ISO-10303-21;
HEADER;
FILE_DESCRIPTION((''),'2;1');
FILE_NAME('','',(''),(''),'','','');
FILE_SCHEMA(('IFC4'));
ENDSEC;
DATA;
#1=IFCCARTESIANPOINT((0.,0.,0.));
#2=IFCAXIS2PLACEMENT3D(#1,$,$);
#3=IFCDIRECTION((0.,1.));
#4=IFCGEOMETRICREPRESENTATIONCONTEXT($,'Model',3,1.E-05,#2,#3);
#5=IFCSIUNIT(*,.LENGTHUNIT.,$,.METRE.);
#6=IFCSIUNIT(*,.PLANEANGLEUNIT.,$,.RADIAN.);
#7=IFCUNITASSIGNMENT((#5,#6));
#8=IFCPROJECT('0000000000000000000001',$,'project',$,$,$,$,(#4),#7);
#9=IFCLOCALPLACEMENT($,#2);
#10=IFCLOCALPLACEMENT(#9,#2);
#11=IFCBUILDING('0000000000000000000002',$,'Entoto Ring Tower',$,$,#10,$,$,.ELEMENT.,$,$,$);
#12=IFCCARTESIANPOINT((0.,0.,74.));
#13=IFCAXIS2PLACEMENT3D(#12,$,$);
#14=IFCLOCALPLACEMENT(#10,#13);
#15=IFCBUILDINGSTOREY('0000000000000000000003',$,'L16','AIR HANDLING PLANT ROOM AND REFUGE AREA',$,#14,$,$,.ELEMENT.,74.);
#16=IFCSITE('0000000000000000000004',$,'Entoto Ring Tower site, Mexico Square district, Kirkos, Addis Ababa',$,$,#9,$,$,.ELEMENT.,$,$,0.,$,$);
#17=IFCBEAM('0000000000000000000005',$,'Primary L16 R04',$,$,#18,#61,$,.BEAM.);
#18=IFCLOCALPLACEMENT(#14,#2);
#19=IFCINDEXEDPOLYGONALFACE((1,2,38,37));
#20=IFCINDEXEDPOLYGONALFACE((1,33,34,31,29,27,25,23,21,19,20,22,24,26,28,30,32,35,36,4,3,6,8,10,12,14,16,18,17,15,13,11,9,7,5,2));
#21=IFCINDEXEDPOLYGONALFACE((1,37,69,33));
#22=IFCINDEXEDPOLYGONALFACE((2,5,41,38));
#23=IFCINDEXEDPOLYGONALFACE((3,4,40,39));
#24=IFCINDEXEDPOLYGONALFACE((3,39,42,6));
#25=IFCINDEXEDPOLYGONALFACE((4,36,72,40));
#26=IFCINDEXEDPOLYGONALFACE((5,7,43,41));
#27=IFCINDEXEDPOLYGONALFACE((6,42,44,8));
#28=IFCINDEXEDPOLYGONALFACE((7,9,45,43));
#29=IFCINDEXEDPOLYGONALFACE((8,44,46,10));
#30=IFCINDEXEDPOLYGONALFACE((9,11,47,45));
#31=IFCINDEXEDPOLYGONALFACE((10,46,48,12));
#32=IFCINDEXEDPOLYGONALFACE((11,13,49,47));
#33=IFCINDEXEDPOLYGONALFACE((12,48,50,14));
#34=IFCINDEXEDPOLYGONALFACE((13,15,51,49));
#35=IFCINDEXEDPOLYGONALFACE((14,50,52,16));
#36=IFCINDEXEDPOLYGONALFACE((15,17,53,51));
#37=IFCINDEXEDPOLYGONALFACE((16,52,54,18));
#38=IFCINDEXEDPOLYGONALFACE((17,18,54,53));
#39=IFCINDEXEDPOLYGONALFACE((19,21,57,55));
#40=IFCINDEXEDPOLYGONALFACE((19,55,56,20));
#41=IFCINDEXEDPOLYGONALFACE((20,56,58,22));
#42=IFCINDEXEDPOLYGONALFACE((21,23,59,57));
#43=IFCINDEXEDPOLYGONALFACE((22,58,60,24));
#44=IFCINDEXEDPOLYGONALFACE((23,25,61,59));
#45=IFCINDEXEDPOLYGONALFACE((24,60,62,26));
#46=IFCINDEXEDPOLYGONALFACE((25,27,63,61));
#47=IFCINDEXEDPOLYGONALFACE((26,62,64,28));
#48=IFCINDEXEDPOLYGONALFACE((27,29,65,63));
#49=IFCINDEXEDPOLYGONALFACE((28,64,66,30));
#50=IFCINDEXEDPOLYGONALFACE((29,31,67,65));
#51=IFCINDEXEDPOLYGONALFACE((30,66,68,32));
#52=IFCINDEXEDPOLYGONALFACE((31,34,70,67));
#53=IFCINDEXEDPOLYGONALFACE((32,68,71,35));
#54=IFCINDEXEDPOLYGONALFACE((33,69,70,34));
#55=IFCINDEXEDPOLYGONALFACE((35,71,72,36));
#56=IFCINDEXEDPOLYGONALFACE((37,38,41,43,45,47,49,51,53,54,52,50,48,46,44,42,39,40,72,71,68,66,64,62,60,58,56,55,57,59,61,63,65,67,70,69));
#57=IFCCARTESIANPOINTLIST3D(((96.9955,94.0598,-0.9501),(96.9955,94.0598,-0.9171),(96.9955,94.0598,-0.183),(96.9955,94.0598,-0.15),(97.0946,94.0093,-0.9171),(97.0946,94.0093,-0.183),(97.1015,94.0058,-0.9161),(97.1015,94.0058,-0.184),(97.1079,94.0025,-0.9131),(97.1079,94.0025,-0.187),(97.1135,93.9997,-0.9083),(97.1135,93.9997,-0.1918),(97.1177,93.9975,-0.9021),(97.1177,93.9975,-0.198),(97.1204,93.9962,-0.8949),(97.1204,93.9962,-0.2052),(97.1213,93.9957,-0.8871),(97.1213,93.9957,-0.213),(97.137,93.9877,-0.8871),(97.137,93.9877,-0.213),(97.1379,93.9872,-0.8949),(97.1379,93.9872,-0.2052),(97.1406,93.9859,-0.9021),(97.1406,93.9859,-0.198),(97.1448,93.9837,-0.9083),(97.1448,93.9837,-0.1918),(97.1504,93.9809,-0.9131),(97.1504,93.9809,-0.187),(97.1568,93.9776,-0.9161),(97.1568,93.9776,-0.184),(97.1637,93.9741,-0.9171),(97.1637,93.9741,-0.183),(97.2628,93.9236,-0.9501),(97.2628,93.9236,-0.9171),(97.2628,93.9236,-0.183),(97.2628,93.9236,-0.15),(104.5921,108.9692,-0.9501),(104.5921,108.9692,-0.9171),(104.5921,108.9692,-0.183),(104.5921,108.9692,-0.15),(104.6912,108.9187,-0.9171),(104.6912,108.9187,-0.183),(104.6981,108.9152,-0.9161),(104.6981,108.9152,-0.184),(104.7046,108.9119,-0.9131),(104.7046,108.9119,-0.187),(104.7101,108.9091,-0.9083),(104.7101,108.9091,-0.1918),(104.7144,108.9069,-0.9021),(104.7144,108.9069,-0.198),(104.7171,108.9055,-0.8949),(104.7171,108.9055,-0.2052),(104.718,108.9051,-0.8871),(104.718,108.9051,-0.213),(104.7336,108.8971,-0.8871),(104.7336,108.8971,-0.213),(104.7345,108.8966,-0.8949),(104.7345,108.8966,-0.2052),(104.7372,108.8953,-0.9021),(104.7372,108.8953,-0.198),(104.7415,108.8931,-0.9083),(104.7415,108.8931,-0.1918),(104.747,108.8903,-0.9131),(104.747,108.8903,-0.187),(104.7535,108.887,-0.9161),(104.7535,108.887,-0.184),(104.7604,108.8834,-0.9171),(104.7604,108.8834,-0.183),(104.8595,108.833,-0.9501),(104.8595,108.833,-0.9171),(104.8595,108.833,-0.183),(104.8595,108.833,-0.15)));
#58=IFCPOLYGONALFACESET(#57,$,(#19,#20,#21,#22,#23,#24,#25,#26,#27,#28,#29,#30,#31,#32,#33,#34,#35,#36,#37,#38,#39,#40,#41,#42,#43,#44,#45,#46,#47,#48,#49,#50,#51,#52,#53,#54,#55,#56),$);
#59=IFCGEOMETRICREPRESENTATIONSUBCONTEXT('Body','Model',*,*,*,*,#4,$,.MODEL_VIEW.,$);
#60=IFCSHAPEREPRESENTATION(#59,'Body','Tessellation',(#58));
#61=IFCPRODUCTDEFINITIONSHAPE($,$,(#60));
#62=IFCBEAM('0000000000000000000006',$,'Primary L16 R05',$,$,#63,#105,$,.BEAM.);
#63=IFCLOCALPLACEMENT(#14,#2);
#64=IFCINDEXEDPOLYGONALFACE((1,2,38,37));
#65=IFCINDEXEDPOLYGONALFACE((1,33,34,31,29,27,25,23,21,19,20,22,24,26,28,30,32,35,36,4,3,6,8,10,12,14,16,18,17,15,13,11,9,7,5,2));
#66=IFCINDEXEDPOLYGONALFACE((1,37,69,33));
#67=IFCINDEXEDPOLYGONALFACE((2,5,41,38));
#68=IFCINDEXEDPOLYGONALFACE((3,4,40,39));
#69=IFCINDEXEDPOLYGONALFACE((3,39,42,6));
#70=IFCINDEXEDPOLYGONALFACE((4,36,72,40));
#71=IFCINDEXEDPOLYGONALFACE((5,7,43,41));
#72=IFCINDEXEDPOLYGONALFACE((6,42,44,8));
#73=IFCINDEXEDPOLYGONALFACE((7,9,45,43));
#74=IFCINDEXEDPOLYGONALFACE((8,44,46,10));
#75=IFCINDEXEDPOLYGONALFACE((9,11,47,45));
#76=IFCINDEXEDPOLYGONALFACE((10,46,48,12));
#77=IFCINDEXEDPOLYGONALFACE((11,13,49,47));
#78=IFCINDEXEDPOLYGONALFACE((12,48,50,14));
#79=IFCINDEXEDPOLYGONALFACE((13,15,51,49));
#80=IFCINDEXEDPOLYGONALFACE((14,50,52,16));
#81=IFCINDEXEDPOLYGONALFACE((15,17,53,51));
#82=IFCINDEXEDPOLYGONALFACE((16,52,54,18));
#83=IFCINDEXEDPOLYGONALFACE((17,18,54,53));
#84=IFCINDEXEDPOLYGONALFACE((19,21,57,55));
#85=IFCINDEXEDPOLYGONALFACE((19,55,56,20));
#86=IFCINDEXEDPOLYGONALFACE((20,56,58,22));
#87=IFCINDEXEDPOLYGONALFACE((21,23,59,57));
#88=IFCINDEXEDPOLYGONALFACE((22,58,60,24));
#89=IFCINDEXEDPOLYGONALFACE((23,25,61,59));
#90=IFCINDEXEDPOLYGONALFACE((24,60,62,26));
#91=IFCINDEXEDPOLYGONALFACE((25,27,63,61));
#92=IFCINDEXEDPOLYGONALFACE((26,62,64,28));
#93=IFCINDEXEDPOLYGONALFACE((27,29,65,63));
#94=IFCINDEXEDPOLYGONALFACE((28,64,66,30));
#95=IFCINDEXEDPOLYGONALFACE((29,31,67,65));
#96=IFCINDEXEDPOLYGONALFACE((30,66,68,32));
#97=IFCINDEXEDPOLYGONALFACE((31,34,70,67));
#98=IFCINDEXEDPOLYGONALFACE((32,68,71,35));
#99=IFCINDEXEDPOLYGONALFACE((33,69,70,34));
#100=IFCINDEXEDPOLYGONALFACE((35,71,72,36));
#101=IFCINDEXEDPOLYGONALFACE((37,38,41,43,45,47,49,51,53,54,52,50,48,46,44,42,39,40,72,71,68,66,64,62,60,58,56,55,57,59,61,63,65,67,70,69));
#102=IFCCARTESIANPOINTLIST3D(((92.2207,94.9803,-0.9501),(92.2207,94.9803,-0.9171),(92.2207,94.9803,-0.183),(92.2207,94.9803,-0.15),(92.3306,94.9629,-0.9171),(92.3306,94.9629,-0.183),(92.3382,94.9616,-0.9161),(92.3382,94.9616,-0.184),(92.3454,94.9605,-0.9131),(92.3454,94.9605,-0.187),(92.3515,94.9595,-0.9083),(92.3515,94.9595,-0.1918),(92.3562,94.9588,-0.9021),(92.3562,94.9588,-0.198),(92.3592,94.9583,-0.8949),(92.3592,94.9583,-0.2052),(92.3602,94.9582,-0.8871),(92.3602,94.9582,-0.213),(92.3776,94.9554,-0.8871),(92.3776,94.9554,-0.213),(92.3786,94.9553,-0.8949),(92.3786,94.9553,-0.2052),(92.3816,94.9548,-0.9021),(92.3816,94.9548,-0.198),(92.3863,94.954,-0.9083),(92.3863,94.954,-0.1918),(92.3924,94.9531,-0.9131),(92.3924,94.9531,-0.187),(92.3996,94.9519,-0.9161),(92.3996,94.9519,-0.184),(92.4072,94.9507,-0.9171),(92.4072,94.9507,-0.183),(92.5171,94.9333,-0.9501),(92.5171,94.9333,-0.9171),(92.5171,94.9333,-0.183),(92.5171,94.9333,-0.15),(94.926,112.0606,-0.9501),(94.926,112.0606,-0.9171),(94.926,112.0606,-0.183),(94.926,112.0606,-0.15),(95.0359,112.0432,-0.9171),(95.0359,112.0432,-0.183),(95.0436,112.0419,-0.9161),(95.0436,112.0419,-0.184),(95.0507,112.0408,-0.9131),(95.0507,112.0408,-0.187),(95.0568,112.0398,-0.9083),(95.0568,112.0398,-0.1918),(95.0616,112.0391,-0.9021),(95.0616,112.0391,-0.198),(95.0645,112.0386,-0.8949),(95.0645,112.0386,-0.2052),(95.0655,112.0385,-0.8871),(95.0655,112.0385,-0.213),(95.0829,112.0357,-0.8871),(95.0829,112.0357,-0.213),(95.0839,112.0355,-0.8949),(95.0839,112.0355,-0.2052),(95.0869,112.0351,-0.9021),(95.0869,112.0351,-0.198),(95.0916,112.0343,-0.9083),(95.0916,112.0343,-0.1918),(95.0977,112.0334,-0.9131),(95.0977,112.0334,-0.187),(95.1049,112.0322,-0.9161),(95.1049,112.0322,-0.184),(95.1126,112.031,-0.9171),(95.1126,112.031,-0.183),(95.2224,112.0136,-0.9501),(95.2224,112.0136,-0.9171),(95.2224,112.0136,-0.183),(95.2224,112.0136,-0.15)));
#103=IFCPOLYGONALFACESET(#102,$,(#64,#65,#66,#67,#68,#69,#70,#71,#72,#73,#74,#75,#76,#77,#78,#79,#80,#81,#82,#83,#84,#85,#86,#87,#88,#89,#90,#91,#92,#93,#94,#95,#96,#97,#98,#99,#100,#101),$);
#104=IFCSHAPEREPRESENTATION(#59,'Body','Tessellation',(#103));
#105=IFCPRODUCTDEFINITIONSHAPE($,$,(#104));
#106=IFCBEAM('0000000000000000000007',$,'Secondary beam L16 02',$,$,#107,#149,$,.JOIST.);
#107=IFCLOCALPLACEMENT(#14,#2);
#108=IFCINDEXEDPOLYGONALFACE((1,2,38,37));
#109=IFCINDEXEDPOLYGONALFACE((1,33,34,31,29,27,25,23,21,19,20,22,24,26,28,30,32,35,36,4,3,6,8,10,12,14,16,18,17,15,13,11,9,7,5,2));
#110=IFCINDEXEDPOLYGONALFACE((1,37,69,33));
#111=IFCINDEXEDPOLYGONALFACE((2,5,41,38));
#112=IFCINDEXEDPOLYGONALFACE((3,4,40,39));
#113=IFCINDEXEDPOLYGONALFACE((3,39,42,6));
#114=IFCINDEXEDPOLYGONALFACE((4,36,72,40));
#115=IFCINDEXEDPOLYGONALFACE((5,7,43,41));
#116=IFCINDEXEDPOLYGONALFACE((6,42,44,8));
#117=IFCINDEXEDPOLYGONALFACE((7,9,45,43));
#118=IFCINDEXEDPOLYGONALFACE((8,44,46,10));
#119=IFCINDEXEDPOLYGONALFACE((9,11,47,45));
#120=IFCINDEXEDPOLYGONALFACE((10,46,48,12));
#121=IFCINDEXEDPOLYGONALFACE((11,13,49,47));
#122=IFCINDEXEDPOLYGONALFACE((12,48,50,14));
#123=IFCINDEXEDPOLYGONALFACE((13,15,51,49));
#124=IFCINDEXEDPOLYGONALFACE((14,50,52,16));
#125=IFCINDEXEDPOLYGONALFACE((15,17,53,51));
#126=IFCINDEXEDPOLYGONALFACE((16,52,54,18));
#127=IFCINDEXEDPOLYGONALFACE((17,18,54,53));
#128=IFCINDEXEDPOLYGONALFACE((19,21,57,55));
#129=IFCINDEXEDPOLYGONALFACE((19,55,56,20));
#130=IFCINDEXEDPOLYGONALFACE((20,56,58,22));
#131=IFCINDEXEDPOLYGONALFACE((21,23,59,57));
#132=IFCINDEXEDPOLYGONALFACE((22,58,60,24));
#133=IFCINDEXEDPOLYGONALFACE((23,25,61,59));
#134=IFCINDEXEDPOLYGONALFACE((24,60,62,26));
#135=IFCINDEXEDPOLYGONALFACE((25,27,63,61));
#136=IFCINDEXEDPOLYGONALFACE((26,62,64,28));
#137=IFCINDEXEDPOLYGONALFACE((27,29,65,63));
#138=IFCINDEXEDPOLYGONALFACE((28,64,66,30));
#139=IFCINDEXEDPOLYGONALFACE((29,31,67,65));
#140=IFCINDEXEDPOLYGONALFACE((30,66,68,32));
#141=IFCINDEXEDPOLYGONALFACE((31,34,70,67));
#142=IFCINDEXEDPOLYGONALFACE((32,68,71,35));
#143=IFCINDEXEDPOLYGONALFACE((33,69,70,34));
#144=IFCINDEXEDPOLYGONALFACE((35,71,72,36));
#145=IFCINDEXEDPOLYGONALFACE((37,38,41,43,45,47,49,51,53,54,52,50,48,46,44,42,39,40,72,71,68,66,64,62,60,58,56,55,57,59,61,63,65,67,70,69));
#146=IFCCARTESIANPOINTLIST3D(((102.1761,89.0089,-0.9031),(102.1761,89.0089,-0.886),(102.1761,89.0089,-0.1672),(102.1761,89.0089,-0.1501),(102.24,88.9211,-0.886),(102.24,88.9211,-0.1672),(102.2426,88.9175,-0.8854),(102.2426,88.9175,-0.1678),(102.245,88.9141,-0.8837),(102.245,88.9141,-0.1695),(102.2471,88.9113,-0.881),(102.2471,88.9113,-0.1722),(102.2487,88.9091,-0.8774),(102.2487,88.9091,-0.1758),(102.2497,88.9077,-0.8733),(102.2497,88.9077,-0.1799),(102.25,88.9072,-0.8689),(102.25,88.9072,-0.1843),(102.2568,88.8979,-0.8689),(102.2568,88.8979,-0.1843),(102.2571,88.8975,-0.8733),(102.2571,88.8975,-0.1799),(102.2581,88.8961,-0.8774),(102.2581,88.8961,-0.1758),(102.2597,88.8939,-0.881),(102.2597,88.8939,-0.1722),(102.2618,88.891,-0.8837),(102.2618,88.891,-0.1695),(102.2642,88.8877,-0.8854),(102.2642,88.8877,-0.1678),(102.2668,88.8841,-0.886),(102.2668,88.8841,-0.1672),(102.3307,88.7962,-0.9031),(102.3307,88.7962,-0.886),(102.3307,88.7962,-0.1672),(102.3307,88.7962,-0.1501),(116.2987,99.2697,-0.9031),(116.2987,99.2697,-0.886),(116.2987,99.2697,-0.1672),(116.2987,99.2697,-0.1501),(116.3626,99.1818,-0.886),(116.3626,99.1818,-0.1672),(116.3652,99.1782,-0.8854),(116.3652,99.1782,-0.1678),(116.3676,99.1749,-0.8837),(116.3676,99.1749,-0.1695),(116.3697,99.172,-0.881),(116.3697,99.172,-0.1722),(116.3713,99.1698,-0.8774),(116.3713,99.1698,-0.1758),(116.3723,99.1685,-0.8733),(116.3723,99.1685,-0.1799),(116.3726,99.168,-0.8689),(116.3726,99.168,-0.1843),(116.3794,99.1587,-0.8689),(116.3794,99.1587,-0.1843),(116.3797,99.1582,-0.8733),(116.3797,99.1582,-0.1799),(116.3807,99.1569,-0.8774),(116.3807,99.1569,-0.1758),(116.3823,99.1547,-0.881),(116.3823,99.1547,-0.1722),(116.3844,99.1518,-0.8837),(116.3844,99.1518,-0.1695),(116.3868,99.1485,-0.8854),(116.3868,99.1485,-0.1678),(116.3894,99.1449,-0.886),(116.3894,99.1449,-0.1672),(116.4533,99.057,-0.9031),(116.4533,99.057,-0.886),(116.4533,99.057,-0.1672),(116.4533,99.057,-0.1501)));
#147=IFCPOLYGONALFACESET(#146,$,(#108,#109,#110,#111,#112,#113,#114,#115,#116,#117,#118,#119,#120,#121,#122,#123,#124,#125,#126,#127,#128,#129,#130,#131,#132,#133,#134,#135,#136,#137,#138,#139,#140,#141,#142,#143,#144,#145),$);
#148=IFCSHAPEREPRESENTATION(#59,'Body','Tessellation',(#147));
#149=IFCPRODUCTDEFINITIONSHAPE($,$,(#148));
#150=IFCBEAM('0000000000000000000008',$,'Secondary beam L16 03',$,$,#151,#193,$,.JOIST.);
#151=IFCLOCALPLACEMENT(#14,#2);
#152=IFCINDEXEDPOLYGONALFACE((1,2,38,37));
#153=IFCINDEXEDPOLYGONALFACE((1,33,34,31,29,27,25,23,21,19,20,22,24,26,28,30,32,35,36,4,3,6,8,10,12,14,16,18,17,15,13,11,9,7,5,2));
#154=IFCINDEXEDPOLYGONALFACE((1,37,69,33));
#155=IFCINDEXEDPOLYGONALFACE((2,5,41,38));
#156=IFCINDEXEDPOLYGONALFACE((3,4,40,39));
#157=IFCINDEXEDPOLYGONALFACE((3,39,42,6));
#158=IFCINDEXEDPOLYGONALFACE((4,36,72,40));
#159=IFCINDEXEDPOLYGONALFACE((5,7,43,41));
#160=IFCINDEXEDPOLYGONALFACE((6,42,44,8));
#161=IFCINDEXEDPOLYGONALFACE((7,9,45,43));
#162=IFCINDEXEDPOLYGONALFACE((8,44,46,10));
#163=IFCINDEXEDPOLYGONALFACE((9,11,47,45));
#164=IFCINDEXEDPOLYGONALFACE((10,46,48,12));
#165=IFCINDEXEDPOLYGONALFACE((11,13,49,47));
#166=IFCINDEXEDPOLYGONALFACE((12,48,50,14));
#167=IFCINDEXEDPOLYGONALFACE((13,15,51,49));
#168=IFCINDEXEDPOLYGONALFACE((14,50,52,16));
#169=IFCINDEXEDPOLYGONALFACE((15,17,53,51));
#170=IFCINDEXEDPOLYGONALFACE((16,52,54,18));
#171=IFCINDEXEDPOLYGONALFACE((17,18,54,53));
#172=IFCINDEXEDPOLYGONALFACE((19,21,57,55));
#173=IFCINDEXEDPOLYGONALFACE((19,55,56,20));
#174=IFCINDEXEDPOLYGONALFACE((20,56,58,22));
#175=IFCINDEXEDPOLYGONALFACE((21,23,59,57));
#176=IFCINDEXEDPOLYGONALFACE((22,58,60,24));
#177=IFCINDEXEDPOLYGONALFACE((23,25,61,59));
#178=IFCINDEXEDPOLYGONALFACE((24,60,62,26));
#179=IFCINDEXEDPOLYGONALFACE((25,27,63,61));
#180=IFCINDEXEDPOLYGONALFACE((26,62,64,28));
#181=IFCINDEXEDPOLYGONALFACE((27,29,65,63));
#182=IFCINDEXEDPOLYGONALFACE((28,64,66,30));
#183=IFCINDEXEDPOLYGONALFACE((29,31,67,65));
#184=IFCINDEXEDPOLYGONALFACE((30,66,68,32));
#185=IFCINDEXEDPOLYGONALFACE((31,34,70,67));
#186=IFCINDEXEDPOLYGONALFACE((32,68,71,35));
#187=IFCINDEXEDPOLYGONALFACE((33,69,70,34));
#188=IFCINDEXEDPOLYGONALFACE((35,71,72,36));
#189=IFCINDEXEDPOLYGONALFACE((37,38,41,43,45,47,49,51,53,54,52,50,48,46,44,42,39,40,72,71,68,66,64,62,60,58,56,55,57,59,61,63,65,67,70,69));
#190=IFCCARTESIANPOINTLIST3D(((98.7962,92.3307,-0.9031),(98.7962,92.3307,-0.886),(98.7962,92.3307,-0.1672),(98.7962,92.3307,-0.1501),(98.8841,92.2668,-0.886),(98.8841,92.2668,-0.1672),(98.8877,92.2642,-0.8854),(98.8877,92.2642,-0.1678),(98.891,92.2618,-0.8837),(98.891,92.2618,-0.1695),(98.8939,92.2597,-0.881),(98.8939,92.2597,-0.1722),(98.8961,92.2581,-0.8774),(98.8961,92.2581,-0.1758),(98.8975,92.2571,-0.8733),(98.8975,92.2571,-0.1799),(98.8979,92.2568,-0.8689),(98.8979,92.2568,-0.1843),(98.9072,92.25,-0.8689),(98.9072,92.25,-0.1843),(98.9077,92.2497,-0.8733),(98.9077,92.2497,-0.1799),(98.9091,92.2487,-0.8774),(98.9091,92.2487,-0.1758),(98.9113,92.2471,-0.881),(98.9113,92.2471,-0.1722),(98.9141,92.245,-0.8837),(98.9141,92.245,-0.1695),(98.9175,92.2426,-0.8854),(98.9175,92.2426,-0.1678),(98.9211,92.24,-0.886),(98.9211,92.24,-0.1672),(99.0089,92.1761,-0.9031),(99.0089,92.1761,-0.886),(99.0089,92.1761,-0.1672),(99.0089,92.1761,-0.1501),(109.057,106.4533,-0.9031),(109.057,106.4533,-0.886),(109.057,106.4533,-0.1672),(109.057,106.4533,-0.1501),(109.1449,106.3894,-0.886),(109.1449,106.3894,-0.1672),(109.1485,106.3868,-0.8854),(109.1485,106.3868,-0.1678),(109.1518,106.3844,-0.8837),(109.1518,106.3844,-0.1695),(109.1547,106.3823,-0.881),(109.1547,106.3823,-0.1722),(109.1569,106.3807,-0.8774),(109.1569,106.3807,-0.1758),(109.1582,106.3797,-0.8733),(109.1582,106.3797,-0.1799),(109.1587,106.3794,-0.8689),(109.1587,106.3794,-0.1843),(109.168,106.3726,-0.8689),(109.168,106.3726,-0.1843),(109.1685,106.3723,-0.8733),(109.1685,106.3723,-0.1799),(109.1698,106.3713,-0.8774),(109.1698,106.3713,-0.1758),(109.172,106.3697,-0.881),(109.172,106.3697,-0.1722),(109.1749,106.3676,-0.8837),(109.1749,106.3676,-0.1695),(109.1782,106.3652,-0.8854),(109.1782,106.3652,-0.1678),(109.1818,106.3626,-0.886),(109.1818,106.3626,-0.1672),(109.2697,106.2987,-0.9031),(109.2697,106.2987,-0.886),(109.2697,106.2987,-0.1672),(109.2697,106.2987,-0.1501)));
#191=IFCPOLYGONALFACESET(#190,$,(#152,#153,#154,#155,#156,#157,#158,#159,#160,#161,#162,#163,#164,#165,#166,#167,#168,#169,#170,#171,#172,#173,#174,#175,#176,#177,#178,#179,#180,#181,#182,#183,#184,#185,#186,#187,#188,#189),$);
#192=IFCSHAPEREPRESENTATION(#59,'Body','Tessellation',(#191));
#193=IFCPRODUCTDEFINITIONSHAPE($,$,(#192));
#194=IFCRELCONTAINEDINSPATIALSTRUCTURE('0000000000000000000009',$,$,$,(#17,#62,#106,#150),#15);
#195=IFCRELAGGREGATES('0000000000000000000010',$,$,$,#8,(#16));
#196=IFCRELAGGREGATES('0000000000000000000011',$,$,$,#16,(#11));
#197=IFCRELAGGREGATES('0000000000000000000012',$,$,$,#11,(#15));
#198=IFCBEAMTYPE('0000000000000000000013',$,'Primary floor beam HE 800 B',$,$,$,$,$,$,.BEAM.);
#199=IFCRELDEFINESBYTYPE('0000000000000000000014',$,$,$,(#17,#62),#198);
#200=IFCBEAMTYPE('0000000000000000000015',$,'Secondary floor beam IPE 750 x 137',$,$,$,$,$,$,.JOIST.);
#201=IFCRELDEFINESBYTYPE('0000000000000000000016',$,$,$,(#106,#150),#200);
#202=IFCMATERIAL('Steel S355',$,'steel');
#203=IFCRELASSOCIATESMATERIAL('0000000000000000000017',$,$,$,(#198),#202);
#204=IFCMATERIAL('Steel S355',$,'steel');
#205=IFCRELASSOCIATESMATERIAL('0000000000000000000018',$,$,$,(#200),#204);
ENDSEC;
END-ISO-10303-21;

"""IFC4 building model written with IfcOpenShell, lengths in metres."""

from ifc_helpers import new_model, si_unit, direction, frame, origin, origin_2d, place, context, subcontext, project, spatial, i_section, extrude, material, material_profile, profile_set, type_object, element, save


model = new_model("IFC4")

# Units and contexts
model_context = context("Model", 3, precision=1e-05, world=origin(), true_north=direction((0.0, 1.0)))
body_context = subcontext(model_context, "Body", "Model", "MODEL_VIEW")
ifc_project = project(units=[si_unit("LENGTHUNIT", "METRE"), si_unit("PLANEANGLEUNIT", "RADIAN")], contexts=[model_context])

# Site, building, storey
site_placement = place(None, origin())
site = spatial("IfcSite", under=ifc_project, at=site_placement, Name="Entoto Ring Tower site, Mexico Square district, Kirkos, Addis Ababa", CompositionType="ELEMENT", RefElevation=0.0)
building_placement = place(site_placement, origin())
building = spatial("IfcBuilding", under=site, at=building_placement, Name="Entoto Ring Tower", CompositionType="ELEMENT")
storey_placement = place(building_placement, frame((0.0, 0.0, 74.0)))
storey = spatial("IfcBuildingStorey", under=building, at=storey_placement, Name="L16", Description="AIR HANDLING PLANT ROOM AND REFUGE AREA", CompositionType="ELEMENT", Elevation=74.0)

# Beams
ifc_material_1 = material(Name="Steel S355", Category="steel")
ifc_material_profile_1 = material_profile(ifc_material_1, i_section(OverallWidth=0.3, OverallDepth=0.8, WebThickness=0.0176, FlangeThickness=0.033, FilletRadius=0.03, at=origin_2d()), Name="HE 800 B")
ifc_profile_set_1 = profile_set([ifc_material_profile_1], Name="Steel S355")
beam_type_1 = type_object("IfcBeamType", Name="Primary floor beam HE 800 B", PredefinedType="BEAM", material=ifc_profile_set_1)
beam_1_placement = place(storey_placement, frame((97.1292, 93.9917, -0.55), z_axis=(0.453988, 0.891008, 0.0), x_axis=(-0.891008, 0.453988, 0.0)))
element("IfcBeam", 1, at=beam_1_placement, inside=storey, type_object=beam_type_1, Name="Primary L16 R04", PredefinedType="BEAM", context=body_context, shape_type="SweptSolid", body=[
    extrude(i_section(OverallWidth=0.3, OverallDepth=0.8, WebThickness=0.0176, FlangeThickness=0.033, FilletRadius=0.03, at=origin_2d()), origin(), (0.0, 0.0, 1.0), 16.7332),
])
beam_2_placement = place(storey_placement, frame((92.3689, 94.9568, -0.55), z_axis=(0.156438, 0.987688, 0.0), x_axis=(-0.987688, 0.156438, 0.0)))
element("IfcBeam", 2, at=beam_2_placement, inside=storey, type_object=beam_type_1, Name="Primary L16 R05", PredefinedType="BEAM", context=body_context, shape_type="SweptSolid", body=[
    extrude(i_section(OverallWidth=0.3, OverallDepth=0.8, WebThickness=0.0176, FlangeThickness=0.033, FilletRadius=0.03, at=origin_2d()), origin(), (0.0, 0.0, 1.0), 17.2932),
])
ifc_material_2 = material(Name="Steel S355", Category="steel")
ifc_material_profile_2 = material_profile(ifc_material_2, i_section(OverallWidth=0.2629, OverallDepth=0.7529, WebThickness=0.0115, FlangeThickness=0.0171, FilletRadius=0.0171, at=origin_2d()), Name="IPE 750 x 137")
ifc_profile_set_2 = profile_set([ifc_material_profile_2], Name="Steel S355")
beam_type_2 = type_object("IfcBeamType", Name="Secondary floor beam IPE 750 x 137", PredefinedType="JOIST", material=ifc_profile_set_2)
for number, where, z_axis, x_axis, name in (
    (3, (102.2534, 88.9026, -0.5266), (0.809014, 0.587789, 0.0), (-0.587789, 0.809014, 0.0), "Secondary beam L16 02"),
    (4, (98.9026, 92.2534, -0.5266), (0.587789, 0.809014, 0.0), (-0.809014, 0.587789, 0.0), "Secondary beam L16 03"),
):
    element("IfcBeam", number, at=place(storey_placement, frame(where, z_axis=z_axis, x_axis=x_axis)), inside=storey, type_object=beam_type_2, Name=name, PredefinedType="JOIST", context=body_context, shape_type="SweptSolid", body=[
        extrude(i_section(OverallWidth=0.2629, OverallDepth=0.7529, WebThickness=0.0115, FlangeThickness=0.0171, FilletRadius=0.0171, at=origin_2d()), origin(), (0.0, 0.0, 1.0), 17.4565),
    ])

save(model, "model.ifc")
